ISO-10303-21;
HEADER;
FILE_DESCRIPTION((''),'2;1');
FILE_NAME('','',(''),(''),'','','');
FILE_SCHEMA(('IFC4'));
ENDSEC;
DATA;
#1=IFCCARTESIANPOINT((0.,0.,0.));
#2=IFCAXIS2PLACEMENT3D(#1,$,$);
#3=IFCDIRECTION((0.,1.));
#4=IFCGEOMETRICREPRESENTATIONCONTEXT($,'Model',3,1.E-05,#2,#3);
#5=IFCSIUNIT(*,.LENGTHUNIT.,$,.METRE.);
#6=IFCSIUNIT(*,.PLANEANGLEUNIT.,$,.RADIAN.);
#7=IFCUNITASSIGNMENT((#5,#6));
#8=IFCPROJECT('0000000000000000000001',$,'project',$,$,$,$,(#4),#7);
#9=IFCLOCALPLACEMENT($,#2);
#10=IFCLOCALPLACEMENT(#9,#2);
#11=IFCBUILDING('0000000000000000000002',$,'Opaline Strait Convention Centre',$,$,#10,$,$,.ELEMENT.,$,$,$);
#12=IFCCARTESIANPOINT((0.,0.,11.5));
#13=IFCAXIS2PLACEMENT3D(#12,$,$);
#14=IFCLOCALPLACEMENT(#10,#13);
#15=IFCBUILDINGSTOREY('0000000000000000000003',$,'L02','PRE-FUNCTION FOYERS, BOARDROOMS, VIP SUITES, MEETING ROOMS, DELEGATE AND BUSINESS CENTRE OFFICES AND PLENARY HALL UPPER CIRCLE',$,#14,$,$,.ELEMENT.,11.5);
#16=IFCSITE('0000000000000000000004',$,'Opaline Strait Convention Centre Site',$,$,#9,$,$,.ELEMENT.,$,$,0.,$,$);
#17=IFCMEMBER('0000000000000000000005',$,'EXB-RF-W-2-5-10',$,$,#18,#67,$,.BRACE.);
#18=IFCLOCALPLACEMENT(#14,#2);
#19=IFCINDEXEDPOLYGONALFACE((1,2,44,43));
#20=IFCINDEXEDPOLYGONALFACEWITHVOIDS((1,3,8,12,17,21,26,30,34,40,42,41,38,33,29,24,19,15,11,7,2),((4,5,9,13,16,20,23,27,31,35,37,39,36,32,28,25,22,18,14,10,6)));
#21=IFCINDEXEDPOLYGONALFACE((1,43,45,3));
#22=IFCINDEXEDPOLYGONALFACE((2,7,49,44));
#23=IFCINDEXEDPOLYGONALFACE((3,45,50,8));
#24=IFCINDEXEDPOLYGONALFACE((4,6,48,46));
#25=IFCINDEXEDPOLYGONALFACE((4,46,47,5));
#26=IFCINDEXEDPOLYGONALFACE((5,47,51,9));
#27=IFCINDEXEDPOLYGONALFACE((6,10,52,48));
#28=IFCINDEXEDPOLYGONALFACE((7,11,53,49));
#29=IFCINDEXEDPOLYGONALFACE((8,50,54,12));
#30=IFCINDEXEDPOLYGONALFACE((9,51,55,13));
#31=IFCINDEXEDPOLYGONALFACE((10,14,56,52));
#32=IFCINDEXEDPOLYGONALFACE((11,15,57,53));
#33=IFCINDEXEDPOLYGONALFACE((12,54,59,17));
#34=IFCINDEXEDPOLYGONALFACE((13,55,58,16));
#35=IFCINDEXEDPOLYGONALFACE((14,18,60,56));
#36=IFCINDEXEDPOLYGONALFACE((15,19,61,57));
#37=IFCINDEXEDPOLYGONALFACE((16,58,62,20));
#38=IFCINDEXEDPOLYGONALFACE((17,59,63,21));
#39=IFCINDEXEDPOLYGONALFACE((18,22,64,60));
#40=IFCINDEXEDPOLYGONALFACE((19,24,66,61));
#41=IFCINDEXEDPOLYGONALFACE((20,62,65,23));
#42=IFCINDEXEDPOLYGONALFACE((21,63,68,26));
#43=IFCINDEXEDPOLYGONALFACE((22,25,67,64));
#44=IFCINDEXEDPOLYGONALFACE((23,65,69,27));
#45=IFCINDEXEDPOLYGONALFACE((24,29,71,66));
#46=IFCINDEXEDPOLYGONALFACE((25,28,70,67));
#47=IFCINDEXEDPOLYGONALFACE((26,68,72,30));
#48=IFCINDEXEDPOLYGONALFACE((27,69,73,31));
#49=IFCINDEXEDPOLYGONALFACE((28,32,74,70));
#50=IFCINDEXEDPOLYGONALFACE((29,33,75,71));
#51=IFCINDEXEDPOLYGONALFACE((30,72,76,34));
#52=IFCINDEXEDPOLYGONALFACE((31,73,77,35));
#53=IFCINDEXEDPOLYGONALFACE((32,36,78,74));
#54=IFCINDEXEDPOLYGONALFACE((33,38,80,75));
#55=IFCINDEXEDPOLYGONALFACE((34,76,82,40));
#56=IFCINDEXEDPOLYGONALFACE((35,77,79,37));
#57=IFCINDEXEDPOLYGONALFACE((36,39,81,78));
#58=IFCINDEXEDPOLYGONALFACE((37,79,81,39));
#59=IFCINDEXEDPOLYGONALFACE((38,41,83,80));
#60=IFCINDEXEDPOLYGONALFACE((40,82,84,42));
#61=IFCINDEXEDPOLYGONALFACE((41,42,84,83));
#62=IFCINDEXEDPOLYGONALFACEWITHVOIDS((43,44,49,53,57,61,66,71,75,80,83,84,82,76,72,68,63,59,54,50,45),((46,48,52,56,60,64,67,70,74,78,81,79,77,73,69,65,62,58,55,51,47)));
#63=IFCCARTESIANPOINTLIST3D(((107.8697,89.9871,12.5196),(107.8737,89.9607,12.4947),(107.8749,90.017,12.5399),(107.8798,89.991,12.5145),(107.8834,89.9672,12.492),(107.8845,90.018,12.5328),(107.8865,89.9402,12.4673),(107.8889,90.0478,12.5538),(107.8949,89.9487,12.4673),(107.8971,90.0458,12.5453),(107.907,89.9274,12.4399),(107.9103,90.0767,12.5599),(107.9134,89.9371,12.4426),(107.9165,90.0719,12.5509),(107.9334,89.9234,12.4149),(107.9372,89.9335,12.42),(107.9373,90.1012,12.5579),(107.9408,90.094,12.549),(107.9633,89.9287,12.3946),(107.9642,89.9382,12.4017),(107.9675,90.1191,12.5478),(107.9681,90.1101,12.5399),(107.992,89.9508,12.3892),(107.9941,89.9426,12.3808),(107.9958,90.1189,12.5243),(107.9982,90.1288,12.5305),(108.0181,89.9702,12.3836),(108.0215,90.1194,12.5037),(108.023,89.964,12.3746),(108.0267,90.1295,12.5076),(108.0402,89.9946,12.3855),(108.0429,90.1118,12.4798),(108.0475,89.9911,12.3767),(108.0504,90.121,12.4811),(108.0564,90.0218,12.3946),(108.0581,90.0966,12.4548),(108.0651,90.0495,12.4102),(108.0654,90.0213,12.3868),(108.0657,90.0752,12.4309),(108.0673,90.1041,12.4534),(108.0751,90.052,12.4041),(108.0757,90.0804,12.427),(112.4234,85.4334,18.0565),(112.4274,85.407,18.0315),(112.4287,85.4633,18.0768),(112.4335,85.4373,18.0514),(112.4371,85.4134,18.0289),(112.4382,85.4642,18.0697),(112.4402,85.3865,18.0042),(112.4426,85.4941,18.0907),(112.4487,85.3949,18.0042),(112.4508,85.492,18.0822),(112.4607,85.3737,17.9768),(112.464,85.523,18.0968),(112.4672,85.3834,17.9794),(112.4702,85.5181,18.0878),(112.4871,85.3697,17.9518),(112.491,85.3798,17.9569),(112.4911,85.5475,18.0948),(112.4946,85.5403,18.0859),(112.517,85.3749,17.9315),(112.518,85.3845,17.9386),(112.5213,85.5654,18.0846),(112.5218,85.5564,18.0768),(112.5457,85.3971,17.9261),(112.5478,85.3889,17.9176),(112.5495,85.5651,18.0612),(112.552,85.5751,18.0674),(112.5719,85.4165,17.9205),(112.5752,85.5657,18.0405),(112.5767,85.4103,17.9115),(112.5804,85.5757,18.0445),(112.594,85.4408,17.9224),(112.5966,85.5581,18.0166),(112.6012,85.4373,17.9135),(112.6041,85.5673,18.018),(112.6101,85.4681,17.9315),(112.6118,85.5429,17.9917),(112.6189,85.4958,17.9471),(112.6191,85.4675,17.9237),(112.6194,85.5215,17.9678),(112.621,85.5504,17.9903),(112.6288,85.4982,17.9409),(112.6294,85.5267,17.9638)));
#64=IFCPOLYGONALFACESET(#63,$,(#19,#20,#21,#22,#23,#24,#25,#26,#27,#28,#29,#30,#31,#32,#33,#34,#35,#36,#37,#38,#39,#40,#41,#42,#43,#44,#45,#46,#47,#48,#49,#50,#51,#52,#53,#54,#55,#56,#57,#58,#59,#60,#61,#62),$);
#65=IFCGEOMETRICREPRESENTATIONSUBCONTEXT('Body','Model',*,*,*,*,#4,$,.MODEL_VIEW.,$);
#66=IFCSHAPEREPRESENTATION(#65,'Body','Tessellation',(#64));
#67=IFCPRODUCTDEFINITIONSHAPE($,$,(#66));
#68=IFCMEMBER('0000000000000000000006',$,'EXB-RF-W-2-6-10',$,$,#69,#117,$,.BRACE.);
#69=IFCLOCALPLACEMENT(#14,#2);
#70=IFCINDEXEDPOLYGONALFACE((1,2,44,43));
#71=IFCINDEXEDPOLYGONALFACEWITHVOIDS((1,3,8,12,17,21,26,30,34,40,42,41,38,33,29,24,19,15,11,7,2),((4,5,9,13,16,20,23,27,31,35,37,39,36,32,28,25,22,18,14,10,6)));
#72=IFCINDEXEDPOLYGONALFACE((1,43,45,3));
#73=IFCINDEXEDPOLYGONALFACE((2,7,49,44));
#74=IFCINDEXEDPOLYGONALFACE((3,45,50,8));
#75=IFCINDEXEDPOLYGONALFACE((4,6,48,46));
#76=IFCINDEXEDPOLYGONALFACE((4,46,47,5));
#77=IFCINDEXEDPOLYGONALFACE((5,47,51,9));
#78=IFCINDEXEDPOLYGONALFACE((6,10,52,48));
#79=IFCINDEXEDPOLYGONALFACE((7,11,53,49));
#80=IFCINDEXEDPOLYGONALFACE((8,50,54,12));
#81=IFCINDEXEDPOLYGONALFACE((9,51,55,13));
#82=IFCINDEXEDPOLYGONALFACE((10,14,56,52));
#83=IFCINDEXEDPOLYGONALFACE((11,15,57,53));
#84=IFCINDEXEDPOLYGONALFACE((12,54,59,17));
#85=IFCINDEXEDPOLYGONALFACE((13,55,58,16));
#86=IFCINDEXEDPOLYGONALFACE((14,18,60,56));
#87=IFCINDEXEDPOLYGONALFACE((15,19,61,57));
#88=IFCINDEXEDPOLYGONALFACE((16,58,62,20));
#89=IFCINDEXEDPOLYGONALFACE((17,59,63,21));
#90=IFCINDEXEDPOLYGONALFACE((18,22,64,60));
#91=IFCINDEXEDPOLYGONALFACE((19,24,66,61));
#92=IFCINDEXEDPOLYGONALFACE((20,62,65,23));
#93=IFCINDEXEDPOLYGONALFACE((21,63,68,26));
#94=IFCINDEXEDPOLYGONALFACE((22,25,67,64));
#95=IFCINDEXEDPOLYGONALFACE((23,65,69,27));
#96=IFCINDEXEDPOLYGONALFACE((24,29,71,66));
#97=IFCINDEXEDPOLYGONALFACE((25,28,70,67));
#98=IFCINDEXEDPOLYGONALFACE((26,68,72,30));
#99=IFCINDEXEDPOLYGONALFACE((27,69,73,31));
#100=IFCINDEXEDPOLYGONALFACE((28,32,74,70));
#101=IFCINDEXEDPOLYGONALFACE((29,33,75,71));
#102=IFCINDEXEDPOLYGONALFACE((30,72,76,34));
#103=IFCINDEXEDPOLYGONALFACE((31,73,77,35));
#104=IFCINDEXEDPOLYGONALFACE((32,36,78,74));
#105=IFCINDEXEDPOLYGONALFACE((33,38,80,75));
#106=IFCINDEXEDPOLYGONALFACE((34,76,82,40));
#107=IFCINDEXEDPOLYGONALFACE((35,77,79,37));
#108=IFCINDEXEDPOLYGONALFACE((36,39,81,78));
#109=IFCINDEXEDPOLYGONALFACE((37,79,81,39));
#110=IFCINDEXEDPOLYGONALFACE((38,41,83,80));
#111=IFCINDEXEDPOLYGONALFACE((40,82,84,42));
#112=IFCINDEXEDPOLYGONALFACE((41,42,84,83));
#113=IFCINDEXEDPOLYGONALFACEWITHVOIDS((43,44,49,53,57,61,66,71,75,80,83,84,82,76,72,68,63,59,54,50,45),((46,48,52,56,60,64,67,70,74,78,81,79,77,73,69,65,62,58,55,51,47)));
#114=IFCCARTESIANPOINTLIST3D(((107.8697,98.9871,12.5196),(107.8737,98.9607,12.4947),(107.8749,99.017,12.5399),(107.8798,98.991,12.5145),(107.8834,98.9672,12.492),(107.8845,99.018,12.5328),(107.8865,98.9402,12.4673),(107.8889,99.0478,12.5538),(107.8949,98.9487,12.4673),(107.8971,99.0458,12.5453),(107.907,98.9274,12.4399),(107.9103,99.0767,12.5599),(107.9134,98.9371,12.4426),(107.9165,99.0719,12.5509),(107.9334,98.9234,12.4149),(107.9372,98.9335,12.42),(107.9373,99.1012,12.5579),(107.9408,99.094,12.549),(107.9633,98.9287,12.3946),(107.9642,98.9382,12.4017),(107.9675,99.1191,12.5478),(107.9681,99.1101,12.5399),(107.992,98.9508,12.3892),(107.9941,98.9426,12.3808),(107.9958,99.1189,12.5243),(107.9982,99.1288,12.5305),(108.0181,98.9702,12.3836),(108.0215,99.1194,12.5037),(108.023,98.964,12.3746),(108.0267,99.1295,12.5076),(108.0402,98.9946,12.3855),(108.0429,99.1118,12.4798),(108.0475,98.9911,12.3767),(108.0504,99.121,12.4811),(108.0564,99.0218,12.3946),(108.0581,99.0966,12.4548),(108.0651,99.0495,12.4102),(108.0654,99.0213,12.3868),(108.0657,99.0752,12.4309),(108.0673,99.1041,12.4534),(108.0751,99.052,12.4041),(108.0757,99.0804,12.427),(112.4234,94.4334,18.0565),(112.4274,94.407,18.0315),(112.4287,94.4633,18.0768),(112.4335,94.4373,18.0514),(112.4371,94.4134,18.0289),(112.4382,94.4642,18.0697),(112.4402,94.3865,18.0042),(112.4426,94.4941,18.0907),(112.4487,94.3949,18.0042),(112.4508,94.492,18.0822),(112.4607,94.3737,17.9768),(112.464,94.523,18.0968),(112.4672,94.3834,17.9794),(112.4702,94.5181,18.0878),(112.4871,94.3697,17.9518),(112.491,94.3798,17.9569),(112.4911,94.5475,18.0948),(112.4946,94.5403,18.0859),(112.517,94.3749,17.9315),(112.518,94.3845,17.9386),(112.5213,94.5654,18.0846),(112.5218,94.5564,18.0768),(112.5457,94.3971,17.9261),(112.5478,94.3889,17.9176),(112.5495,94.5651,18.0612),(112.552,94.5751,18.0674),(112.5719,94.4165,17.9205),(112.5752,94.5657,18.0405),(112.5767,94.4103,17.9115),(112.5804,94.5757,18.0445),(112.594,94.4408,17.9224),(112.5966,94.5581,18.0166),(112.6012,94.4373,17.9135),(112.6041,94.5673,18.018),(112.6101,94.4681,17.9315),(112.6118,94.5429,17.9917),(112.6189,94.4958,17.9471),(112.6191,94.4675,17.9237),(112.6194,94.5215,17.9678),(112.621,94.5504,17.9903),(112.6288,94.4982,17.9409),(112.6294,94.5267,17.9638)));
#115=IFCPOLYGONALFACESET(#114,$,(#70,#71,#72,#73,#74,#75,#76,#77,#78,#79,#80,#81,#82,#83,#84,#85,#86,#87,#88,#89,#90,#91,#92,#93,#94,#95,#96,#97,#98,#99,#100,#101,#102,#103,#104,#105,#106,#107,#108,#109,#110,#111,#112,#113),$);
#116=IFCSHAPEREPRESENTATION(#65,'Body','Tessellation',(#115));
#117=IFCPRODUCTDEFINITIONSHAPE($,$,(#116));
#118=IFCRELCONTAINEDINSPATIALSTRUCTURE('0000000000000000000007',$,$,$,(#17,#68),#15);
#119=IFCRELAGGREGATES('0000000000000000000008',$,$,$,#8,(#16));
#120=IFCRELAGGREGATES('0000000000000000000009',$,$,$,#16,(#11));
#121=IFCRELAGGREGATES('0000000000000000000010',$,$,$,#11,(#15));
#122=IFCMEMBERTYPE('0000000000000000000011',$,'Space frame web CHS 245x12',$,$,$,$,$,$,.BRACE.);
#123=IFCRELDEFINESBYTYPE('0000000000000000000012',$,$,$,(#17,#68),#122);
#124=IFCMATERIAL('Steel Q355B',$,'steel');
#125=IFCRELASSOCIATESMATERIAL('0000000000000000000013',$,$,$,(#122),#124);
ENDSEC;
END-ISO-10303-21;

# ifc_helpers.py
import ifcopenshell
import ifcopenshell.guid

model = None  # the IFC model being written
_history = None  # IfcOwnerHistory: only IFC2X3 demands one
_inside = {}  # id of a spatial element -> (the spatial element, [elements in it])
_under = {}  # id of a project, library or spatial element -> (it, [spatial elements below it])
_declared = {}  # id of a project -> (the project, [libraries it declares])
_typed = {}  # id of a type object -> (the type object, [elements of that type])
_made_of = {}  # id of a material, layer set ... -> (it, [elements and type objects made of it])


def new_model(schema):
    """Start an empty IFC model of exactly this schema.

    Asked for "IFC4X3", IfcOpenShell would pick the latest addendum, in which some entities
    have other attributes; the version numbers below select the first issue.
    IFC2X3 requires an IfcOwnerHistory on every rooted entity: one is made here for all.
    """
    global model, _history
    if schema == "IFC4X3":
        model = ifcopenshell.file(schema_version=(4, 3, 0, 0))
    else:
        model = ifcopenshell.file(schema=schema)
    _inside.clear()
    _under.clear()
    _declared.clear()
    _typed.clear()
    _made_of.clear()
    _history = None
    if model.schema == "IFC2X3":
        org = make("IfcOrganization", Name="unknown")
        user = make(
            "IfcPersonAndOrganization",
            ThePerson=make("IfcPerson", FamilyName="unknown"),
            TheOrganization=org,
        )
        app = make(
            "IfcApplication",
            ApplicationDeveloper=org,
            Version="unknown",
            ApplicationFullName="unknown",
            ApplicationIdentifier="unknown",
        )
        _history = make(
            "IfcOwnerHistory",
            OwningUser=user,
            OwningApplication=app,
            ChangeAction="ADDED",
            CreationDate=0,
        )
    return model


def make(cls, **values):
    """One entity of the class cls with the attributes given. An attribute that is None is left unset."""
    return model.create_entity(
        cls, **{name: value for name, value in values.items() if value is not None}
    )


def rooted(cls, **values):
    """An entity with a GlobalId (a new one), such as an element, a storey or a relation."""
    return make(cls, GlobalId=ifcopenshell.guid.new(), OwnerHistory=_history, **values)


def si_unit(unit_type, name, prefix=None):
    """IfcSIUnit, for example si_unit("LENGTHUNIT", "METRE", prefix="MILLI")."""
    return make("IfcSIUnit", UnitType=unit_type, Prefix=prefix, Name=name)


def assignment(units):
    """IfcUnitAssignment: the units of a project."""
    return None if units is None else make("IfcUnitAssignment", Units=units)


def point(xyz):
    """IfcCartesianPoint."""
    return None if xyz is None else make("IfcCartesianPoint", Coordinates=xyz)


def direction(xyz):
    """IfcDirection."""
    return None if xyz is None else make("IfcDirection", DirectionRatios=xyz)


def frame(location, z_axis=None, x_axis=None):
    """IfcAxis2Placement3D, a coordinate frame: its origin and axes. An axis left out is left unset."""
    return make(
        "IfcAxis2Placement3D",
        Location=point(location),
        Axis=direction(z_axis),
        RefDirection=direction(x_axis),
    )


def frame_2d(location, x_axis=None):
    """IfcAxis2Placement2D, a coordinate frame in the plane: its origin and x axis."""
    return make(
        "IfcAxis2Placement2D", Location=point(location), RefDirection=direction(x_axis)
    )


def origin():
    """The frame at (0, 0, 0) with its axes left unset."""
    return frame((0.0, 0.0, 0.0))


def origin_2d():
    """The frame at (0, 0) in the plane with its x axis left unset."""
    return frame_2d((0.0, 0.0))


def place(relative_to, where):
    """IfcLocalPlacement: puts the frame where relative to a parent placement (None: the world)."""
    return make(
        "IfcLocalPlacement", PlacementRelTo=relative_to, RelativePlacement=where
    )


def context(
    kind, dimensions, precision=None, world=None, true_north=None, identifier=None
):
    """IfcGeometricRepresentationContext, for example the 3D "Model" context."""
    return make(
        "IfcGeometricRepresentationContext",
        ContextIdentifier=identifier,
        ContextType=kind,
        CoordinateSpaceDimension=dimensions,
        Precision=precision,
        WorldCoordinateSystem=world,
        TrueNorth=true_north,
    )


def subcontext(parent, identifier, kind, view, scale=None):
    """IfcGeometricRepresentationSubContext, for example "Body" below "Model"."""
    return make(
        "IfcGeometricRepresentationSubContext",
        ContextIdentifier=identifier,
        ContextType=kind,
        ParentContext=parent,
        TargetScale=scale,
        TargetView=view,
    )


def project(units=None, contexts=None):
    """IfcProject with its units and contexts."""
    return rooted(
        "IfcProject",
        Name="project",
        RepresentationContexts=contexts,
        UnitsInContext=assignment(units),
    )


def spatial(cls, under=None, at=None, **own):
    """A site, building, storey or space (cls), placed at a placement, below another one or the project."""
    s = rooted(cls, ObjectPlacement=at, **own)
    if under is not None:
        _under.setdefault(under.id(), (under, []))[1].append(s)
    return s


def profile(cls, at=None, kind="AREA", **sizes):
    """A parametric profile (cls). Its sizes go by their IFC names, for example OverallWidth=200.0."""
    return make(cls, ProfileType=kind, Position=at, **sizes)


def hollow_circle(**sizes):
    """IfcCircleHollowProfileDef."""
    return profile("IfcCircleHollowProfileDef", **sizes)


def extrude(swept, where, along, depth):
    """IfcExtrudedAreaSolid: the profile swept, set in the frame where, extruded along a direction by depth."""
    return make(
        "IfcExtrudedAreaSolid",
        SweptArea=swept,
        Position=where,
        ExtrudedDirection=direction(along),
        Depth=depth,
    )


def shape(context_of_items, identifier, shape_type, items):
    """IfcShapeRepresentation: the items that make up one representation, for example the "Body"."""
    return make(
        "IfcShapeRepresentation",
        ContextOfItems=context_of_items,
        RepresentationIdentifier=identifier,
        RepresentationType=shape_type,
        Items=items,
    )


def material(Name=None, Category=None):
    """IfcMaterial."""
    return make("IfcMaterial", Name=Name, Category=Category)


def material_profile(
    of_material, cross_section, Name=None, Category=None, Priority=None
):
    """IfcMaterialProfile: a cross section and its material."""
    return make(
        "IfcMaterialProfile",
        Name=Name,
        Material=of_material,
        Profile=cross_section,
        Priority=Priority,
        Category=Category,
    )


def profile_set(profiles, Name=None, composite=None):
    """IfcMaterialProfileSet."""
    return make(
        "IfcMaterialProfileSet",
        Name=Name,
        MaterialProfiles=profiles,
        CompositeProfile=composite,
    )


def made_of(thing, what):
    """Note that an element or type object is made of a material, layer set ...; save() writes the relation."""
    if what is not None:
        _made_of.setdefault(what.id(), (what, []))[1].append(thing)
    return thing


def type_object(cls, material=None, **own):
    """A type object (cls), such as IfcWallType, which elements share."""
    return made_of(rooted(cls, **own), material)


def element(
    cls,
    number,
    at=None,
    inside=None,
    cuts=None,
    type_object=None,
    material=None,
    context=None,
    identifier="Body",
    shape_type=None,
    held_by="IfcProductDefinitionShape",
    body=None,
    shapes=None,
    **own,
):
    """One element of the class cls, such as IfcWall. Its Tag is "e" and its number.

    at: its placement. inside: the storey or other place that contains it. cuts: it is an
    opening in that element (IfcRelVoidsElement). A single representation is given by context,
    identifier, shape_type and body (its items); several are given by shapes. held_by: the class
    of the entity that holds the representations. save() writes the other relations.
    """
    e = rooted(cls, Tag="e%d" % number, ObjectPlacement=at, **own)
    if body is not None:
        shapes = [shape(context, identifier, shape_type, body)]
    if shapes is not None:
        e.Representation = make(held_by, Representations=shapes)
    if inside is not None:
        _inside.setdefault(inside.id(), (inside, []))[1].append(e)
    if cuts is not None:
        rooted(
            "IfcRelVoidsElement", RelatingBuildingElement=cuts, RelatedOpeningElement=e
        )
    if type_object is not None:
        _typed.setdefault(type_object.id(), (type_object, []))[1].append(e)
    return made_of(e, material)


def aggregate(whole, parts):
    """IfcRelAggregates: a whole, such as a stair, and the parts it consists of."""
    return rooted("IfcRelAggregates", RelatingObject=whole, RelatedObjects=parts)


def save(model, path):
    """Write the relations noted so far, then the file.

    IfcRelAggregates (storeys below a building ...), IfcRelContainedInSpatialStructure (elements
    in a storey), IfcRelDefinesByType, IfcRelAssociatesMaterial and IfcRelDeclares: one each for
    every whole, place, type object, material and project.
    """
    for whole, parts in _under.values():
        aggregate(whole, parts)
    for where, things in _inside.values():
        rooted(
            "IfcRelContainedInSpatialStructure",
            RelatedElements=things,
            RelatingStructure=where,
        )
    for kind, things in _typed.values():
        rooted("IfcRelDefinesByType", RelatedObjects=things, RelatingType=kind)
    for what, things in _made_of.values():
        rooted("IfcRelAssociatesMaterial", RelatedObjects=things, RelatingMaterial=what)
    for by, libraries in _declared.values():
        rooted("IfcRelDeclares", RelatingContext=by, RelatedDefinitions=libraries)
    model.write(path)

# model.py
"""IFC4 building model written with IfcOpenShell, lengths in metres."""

from ifc_helpers import new_model, si_unit, direction, frame, origin, origin_2d, place, context, subcontext, project, spatial, hollow_circle, extrude, material, material_profile, profile_set, type_object, element, save


model = new_model("IFC4")

# Units and contexts
model_context = context("Model", 3, precision=1e-05, world=origin(), true_north=direction((0.0, 1.0)))
body_context = subcontext(model_context, "Body", "Model", "MODEL_VIEW")
ifc_project = project(units=[si_unit("LENGTHUNIT", "METRE"), si_unit("PLANEANGLEUNIT", "RADIAN")], contexts=[model_context])

# Site, building, storey
site_placement = place(None, origin())
site = spatial("IfcSite", under=ifc_project, at=site_placement, Name="Opaline Strait Convention Centre Site", CompositionType="ELEMENT", RefElevation=0.0)
building_placement = place(site_placement, origin())
building = spatial("IfcBuilding", under=site, at=building_placement, Name="Opaline Strait Convention Centre", CompositionType="ELEMENT")
storey_placement = place(building_placement, frame((0.0, 0.0, 11.5)))
storey = spatial("IfcBuildingStorey", under=building, at=storey_placement, Name="L02", Description="PRE-FUNCTION FOYERS, BOARDROOMS, VIP SUITES, MEETING ROOMS, DELEGATE AND BUSINESS CENTRE OFFICES AND PLENARY HALL UPPER CIRCLE", CompositionType="ELEMENT", Elevation=11.5)

# Members
ifc_material = material(Name="Steel Q355B", Category="steel")
ifc_material_profile_1 = material_profile(ifc_material, hollow_circle(Radius=0.1226, WallThickness=0.012, at=origin_2d()), Name="CHS 245x12")
ifc_profile_set_1 = profile_set([ifc_material_profile_1], Name="Steel Q355B")
member_type_1 = type_object("IfcMemberType", Name="Space frame web CHS 245x12", PredefinedType="BRACE", material=ifc_profile_set_1)
for number, where, z_axis, x_axis, name in (
    (1, (112.5269, 85.4731, 18.0042), (-0.536178, 0.536178, -0.65194), (-0.707107, -0.707107, 0.0), "EXB-RF-W-2-5-10"),
    (2, (112.5269, 94.4731, 18.0042), (-0.536178, 0.536178, -0.65194), (-0.707107, -0.707107, 0.0), "EXB-RF-W-2-6-10"),
):
    element("IfcMember", number, at=place(storey_placement, frame(where, z_axis=z_axis, x_axis=x_axis)), inside=storey, type_object=member_type_1, Name=name, PredefinedType="BRACE", context=body_context, shape_type="SweptSolid", body=[
        extrude(hollow_circle(Radius=0.1226, WallThickness=0.012, at=origin_2d()), origin(), (0.0, 0.0, 1.0), 8.4929),
    ])

save(model, "model.ifc")
